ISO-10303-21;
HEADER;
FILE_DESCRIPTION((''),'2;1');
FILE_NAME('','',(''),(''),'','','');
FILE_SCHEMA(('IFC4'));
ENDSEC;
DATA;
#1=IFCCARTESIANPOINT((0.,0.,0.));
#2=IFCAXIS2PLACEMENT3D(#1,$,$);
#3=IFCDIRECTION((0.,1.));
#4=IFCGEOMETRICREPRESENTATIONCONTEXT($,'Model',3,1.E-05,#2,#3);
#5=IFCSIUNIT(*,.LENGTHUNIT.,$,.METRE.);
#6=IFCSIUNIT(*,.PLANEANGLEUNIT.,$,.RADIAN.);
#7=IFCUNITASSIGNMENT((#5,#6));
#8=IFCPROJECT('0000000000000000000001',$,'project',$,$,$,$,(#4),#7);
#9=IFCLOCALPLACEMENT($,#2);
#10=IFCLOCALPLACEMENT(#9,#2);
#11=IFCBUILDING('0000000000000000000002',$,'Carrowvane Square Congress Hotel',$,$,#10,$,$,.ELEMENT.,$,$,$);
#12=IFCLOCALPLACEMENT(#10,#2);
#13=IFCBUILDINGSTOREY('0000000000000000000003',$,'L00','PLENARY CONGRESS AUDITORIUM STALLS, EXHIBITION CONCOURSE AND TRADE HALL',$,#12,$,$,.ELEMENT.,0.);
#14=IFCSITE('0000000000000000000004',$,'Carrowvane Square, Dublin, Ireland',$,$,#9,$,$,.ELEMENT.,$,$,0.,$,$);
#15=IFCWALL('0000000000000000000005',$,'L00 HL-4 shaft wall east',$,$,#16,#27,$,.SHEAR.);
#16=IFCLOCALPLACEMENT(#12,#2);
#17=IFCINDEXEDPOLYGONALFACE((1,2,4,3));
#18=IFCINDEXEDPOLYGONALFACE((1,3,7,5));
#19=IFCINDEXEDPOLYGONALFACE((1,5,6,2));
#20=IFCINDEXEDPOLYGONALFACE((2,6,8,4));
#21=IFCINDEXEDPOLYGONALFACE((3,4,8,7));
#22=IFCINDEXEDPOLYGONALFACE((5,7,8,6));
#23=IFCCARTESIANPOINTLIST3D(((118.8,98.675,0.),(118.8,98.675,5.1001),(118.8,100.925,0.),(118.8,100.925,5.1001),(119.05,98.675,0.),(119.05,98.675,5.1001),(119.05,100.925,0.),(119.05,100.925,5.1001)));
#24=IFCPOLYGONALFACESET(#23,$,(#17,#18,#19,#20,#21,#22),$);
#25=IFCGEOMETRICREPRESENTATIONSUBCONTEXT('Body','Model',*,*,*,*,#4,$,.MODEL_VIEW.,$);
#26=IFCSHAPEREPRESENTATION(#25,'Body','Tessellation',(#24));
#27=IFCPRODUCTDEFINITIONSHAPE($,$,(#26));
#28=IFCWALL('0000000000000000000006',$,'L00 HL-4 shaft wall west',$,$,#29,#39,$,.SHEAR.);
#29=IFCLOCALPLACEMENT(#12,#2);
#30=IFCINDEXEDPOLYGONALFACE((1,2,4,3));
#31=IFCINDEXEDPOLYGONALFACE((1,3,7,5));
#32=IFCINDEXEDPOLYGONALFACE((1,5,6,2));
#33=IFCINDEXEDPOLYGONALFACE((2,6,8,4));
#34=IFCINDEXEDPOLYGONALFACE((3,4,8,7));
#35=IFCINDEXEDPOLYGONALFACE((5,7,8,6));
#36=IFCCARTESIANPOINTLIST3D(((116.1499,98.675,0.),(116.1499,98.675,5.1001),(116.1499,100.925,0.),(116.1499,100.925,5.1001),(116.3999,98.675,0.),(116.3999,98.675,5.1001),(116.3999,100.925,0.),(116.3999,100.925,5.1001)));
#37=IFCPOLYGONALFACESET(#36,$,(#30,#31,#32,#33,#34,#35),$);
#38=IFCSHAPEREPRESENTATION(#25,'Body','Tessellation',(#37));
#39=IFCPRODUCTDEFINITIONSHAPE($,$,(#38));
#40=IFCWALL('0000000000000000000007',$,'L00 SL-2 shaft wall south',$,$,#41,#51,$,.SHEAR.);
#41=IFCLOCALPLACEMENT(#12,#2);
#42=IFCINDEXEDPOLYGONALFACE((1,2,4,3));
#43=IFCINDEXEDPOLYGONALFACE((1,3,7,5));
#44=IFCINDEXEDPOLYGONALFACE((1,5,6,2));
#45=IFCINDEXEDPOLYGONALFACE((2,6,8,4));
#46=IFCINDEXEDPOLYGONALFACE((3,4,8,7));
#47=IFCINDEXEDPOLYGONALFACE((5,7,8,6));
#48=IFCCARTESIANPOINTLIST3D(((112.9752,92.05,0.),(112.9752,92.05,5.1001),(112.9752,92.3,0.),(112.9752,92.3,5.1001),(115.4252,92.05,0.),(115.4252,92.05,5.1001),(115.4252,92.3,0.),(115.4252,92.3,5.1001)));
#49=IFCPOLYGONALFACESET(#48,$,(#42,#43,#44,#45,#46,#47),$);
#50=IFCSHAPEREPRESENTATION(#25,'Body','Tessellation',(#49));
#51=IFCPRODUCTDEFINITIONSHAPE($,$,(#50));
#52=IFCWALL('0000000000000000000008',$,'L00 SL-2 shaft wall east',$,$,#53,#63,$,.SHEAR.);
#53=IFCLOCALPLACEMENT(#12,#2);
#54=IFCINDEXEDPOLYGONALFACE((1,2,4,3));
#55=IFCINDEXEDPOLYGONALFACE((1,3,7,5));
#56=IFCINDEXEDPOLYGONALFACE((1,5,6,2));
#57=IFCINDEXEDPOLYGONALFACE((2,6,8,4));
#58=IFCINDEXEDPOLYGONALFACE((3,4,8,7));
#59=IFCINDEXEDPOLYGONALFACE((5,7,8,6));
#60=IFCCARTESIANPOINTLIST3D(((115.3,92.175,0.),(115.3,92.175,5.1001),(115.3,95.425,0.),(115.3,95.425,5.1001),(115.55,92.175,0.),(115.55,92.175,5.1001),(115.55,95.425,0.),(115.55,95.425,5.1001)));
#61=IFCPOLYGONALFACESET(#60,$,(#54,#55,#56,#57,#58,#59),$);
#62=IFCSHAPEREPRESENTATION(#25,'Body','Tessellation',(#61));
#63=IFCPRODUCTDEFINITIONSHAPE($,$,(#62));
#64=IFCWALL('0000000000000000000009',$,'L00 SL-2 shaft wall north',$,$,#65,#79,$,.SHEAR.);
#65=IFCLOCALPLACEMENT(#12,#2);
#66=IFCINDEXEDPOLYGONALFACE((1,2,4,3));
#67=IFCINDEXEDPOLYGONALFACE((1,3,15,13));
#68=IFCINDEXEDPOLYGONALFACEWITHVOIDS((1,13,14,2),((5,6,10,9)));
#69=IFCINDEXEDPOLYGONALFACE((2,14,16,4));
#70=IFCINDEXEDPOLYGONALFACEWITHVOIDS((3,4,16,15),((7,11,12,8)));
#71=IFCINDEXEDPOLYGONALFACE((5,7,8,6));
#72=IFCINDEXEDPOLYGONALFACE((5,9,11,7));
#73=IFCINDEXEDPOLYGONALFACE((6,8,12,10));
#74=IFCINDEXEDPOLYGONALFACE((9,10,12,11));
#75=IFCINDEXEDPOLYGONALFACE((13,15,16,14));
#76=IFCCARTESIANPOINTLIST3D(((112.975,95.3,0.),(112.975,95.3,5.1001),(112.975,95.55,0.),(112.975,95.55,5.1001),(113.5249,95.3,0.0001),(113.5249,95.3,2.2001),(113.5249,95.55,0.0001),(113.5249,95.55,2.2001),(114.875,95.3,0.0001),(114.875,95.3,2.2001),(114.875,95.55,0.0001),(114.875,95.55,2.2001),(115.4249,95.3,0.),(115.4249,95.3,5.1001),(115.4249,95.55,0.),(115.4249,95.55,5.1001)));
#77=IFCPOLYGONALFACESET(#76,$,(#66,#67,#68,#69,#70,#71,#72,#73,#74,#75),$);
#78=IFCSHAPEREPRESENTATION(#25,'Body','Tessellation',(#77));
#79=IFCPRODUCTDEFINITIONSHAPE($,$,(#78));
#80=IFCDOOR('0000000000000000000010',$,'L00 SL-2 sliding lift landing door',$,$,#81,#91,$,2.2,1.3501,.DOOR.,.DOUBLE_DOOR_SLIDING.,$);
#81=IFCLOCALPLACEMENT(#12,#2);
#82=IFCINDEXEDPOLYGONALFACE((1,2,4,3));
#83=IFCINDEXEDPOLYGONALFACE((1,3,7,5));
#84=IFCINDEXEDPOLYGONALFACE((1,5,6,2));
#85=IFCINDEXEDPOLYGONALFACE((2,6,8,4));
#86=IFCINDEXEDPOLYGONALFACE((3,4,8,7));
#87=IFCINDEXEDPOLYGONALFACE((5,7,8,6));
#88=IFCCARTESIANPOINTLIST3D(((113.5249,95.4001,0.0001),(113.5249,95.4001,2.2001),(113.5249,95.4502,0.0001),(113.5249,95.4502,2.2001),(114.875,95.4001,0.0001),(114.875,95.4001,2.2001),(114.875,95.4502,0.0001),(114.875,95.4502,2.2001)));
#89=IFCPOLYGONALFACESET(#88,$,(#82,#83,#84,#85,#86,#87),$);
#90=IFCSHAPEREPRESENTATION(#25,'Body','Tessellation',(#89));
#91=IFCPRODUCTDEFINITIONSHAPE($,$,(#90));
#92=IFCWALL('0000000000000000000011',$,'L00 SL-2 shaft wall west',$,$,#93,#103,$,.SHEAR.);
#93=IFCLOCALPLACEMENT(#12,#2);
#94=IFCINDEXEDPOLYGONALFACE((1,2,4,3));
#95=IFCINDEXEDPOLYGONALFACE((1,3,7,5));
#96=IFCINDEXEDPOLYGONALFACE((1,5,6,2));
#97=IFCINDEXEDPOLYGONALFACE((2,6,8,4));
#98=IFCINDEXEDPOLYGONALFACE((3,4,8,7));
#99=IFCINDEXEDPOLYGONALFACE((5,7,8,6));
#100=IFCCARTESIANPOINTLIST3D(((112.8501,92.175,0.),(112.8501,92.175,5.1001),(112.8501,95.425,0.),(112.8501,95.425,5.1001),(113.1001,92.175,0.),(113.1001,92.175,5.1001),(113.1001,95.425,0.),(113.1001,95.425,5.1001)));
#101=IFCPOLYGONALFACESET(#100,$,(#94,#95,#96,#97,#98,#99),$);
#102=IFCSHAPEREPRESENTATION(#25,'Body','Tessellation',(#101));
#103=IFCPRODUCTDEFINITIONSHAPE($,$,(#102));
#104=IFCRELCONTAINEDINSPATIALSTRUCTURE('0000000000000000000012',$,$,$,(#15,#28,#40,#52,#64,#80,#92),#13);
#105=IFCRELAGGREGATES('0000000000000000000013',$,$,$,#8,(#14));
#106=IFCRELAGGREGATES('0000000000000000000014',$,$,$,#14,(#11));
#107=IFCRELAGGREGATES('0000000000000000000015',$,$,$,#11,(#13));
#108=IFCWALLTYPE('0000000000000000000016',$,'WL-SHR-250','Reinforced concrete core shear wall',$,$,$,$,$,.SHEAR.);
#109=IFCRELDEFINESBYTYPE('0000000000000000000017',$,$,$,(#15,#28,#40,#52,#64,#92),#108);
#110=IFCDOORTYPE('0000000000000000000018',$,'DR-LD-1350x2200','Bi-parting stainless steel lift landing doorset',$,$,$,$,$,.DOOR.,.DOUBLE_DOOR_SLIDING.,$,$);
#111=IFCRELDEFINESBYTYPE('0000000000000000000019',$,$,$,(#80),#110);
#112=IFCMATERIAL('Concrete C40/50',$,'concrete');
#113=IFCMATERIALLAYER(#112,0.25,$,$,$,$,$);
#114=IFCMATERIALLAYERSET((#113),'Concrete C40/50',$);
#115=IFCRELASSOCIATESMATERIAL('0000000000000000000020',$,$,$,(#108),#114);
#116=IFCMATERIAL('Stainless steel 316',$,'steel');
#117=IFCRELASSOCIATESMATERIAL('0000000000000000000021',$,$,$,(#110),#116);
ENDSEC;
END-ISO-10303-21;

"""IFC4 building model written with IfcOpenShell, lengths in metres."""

from ifc_helpers import new_model, si_unit, direction, frame, frame_2d, origin, place, context, subcontext, project, spatial, rectangle, extrude, material, layer, layer_set, type_object, element, fill, save


model = new_model("IFC4")

# Units and contexts
model_context = context("Model", 3, precision=1e-05, world=origin(), true_north=direction((0.0, 1.0)))
body_context = subcontext(model_context, "Body", "Model", "MODEL_VIEW")
ifc_project = project(units=[si_unit("LENGTHUNIT", "METRE"), si_unit("PLANEANGLEUNIT", "RADIAN")], contexts=[model_context])

# Site, building, storey
site_placement = place(None, origin())
site = spatial("IfcSite", under=ifc_project, at=site_placement, Name="Carrowvane Square, Dublin, Ireland", CompositionType="ELEMENT", RefElevation=0.0)
building_placement = place(site_placement, origin())
building = spatial("IfcBuilding", under=site, at=building_placement, Name="Carrowvane Square Congress Hotel", CompositionType="ELEMENT")
storey_placement = place(building_placement, origin())
storey = spatial("IfcBuildingStorey", under=building, at=storey_placement, Name="L00", Description="PLENARY CONGRESS AUDITORIUM STALLS, EXHIBITION CONCOURSE AND TRADE HALL", CompositionType="ELEMENT", Elevation=0.0)

# Wall
ifc_material_1 = material(Name="Concrete C40/50", Category="concrete")
ifc_layer_1 = layer(ifc_material_1, 0.25)
ifc_layer_set_1 = layer_set([ifc_layer_1], Name="Concrete C40/50")
wall_type_1 = type_object("IfcWallType", Name="WL-SHR-250", Description="Reinforced concrete core shear wall", PredefinedType="SHEAR", material=ifc_layer_set_1)
wall_1_placement = place(storey_placement, frame((118.925, 98.675, 0.0), z_axis=(0.0, 0.0, 1.0), x_axis=(0.0, 1.0, 0.0)))
element("IfcWall", 1, at=wall_1_placement, inside=storey, type_object=wall_type_1, Name="L00 HL-4 shaft wall east", PredefinedType="SHEAR", context=body_context, shape_type="SweptSolid", body=[
    extrude(rectangle(XDim=2.25, YDim=0.25, at=frame_2d((1.125, 0.0))), origin(), (0.0, 0.0, 1.0), 5.1001),
])

# Walls
wall_2_placement = place(storey_placement, frame((116.2749, 100.925, 0.0), z_axis=(0.0, 0.0, 1.0), x_axis=(0.0, -1.0, 0.0)))
element("IfcWall", 2, at=wall_2_placement, inside=storey, type_object=wall_type_1, Name="L00 HL-4 shaft wall west", PredefinedType="SHEAR", context=body_context, shape_type="SweptSolid", body=[
    extrude(rectangle(XDim=2.25, YDim=0.25, at=frame_2d((1.125, 0.0))), origin(), (0.0, 0.0, 1.0), 5.1001),
])
wall_3_placement = place(storey_placement, frame((112.9751, 92.175, 0.0), z_axis=(0.0, 0.0, 1.0), x_axis=(1.0, 0.0, 0.0)))
element("IfcWall", 3, at=wall_3_placement, inside=storey, type_object=wall_type_1, Name="L00 SL-2 shaft wall south", PredefinedType="SHEAR", context=body_context, shape_type="SweptSolid", body=[
    extrude(rectangle(XDim=2.45, YDim=0.25, at=frame_2d((1.2251, 0.0))), origin(), (0.0, 0.0, 1.0), 5.1001),
])
wall_4_placement = place(storey_placement, frame((115.425, 92.175, 0.0), z_axis=(0.0, 0.0, 1.0), x_axis=(0.0, 1.0, 0.0)))
element("IfcWall", 4, at=wall_4_placement, inside=storey, type_object=wall_type_1, Name="L00 SL-2 shaft wall east", PredefinedType="SHEAR", context=body_context, shape_type="SweptSolid", body=[
    extrude(rectangle(XDim=3.25, YDim=0.25, at=frame_2d((1.625, 0.0))), origin(), (0.0, 0.0, 1.0), 5.1001),
])

# Wall, opening, door
wall_5_placement = place(storey_placement, frame((115.425, 95.425, 0.0), z_axis=(0.0, 0.0, 1.0), x_axis=(-1.0, 0.0, 0.0)))
wall_5 = element("IfcWall", 5, at=wall_5_placement, inside=storey, type_object=wall_type_1, Name="L00 SL-2 shaft wall north", PredefinedType="SHEAR", context=body_context, shape_type="SweptSolid", body=[
    extrude(rectangle(XDim=2.45, YDim=0.25, at=frame_2d((1.2251, 0.0))), origin(), (0.0, 0.0, 1.0), 5.1001),
])
opening_1_placement = place(wall_5_placement, frame((0.55, 0.0, 0.0)))
opening_1 = element("IfcOpeningElement", 6, at=opening_1_placement, cuts=wall_5, PredefinedType="OPENING", context=body_context, shape_type="SweptSolid", body=[
    extrude(rectangle(XDim=1.3501, YDim=2.2, at=frame_2d((0.675, 1.1001))), frame((0.0, 0.135, 0.0), z_axis=(0.0, -1.0, 0.0), x_axis=(1.0, 0.0, 0.0)), (0.0, 0.0, 1.0), 0.27),
])
ifc_material_2 = material(Name="Stainless steel 316", Category="steel")
door_type_1 = type_object("IfcDoorType", Name="DR-LD-1350x2200", Description="Bi-parting stainless steel lift landing doorset", OperationType="DOUBLE_DOOR_SLIDING", PredefinedType="DOOR", material=ifc_material_2)
door_1_placement = place(opening_1_placement, origin())
door_1 = element("IfcDoor", 7, at=door_1_placement, inside=storey, type_object=door_type_1, Name="L00 SL-2 sliding lift landing door", OperationType="DOUBLE_DOOR_SLIDING", OverallHeight=2.2, OverallWidth=1.3501, PredefinedType="DOOR", context=body_context, shape_type="SweptSolid", body=[
    extrude(rectangle(XDim=1.3501, YDim=2.2, at=frame_2d((0.675, 1.1001))), frame((0.0, 0.0249, 0.0), z_axis=(0.0, -1.0, 0.0), x_axis=(1.0, 0.0, 0.0)), (0.0, 0.0, 1.0), 0.05),
])
fill(opening_1, door_1)

# Wall
wall_6_placement = place(storey_placement, frame((112.9751, 95.425, 0.0), z_axis=(0.0, 0.0, 1.0), x_axis=(0.0, -1.0, 0.0)))
element("IfcWall", 8, at=wall_6_placement, inside=storey, type_object=wall_type_1, Name="L00 SL-2 shaft wall west", PredefinedType="SHEAR", context=body_context, shape_type="SweptSolid", body=[
    extrude(rectangle(XDim=3.25, YDim=0.25, at=frame_2d((1.625, 0.0))), origin(), (0.0, 0.0, 1.0), 5.1001),
])

save(model, "model.ifc")
